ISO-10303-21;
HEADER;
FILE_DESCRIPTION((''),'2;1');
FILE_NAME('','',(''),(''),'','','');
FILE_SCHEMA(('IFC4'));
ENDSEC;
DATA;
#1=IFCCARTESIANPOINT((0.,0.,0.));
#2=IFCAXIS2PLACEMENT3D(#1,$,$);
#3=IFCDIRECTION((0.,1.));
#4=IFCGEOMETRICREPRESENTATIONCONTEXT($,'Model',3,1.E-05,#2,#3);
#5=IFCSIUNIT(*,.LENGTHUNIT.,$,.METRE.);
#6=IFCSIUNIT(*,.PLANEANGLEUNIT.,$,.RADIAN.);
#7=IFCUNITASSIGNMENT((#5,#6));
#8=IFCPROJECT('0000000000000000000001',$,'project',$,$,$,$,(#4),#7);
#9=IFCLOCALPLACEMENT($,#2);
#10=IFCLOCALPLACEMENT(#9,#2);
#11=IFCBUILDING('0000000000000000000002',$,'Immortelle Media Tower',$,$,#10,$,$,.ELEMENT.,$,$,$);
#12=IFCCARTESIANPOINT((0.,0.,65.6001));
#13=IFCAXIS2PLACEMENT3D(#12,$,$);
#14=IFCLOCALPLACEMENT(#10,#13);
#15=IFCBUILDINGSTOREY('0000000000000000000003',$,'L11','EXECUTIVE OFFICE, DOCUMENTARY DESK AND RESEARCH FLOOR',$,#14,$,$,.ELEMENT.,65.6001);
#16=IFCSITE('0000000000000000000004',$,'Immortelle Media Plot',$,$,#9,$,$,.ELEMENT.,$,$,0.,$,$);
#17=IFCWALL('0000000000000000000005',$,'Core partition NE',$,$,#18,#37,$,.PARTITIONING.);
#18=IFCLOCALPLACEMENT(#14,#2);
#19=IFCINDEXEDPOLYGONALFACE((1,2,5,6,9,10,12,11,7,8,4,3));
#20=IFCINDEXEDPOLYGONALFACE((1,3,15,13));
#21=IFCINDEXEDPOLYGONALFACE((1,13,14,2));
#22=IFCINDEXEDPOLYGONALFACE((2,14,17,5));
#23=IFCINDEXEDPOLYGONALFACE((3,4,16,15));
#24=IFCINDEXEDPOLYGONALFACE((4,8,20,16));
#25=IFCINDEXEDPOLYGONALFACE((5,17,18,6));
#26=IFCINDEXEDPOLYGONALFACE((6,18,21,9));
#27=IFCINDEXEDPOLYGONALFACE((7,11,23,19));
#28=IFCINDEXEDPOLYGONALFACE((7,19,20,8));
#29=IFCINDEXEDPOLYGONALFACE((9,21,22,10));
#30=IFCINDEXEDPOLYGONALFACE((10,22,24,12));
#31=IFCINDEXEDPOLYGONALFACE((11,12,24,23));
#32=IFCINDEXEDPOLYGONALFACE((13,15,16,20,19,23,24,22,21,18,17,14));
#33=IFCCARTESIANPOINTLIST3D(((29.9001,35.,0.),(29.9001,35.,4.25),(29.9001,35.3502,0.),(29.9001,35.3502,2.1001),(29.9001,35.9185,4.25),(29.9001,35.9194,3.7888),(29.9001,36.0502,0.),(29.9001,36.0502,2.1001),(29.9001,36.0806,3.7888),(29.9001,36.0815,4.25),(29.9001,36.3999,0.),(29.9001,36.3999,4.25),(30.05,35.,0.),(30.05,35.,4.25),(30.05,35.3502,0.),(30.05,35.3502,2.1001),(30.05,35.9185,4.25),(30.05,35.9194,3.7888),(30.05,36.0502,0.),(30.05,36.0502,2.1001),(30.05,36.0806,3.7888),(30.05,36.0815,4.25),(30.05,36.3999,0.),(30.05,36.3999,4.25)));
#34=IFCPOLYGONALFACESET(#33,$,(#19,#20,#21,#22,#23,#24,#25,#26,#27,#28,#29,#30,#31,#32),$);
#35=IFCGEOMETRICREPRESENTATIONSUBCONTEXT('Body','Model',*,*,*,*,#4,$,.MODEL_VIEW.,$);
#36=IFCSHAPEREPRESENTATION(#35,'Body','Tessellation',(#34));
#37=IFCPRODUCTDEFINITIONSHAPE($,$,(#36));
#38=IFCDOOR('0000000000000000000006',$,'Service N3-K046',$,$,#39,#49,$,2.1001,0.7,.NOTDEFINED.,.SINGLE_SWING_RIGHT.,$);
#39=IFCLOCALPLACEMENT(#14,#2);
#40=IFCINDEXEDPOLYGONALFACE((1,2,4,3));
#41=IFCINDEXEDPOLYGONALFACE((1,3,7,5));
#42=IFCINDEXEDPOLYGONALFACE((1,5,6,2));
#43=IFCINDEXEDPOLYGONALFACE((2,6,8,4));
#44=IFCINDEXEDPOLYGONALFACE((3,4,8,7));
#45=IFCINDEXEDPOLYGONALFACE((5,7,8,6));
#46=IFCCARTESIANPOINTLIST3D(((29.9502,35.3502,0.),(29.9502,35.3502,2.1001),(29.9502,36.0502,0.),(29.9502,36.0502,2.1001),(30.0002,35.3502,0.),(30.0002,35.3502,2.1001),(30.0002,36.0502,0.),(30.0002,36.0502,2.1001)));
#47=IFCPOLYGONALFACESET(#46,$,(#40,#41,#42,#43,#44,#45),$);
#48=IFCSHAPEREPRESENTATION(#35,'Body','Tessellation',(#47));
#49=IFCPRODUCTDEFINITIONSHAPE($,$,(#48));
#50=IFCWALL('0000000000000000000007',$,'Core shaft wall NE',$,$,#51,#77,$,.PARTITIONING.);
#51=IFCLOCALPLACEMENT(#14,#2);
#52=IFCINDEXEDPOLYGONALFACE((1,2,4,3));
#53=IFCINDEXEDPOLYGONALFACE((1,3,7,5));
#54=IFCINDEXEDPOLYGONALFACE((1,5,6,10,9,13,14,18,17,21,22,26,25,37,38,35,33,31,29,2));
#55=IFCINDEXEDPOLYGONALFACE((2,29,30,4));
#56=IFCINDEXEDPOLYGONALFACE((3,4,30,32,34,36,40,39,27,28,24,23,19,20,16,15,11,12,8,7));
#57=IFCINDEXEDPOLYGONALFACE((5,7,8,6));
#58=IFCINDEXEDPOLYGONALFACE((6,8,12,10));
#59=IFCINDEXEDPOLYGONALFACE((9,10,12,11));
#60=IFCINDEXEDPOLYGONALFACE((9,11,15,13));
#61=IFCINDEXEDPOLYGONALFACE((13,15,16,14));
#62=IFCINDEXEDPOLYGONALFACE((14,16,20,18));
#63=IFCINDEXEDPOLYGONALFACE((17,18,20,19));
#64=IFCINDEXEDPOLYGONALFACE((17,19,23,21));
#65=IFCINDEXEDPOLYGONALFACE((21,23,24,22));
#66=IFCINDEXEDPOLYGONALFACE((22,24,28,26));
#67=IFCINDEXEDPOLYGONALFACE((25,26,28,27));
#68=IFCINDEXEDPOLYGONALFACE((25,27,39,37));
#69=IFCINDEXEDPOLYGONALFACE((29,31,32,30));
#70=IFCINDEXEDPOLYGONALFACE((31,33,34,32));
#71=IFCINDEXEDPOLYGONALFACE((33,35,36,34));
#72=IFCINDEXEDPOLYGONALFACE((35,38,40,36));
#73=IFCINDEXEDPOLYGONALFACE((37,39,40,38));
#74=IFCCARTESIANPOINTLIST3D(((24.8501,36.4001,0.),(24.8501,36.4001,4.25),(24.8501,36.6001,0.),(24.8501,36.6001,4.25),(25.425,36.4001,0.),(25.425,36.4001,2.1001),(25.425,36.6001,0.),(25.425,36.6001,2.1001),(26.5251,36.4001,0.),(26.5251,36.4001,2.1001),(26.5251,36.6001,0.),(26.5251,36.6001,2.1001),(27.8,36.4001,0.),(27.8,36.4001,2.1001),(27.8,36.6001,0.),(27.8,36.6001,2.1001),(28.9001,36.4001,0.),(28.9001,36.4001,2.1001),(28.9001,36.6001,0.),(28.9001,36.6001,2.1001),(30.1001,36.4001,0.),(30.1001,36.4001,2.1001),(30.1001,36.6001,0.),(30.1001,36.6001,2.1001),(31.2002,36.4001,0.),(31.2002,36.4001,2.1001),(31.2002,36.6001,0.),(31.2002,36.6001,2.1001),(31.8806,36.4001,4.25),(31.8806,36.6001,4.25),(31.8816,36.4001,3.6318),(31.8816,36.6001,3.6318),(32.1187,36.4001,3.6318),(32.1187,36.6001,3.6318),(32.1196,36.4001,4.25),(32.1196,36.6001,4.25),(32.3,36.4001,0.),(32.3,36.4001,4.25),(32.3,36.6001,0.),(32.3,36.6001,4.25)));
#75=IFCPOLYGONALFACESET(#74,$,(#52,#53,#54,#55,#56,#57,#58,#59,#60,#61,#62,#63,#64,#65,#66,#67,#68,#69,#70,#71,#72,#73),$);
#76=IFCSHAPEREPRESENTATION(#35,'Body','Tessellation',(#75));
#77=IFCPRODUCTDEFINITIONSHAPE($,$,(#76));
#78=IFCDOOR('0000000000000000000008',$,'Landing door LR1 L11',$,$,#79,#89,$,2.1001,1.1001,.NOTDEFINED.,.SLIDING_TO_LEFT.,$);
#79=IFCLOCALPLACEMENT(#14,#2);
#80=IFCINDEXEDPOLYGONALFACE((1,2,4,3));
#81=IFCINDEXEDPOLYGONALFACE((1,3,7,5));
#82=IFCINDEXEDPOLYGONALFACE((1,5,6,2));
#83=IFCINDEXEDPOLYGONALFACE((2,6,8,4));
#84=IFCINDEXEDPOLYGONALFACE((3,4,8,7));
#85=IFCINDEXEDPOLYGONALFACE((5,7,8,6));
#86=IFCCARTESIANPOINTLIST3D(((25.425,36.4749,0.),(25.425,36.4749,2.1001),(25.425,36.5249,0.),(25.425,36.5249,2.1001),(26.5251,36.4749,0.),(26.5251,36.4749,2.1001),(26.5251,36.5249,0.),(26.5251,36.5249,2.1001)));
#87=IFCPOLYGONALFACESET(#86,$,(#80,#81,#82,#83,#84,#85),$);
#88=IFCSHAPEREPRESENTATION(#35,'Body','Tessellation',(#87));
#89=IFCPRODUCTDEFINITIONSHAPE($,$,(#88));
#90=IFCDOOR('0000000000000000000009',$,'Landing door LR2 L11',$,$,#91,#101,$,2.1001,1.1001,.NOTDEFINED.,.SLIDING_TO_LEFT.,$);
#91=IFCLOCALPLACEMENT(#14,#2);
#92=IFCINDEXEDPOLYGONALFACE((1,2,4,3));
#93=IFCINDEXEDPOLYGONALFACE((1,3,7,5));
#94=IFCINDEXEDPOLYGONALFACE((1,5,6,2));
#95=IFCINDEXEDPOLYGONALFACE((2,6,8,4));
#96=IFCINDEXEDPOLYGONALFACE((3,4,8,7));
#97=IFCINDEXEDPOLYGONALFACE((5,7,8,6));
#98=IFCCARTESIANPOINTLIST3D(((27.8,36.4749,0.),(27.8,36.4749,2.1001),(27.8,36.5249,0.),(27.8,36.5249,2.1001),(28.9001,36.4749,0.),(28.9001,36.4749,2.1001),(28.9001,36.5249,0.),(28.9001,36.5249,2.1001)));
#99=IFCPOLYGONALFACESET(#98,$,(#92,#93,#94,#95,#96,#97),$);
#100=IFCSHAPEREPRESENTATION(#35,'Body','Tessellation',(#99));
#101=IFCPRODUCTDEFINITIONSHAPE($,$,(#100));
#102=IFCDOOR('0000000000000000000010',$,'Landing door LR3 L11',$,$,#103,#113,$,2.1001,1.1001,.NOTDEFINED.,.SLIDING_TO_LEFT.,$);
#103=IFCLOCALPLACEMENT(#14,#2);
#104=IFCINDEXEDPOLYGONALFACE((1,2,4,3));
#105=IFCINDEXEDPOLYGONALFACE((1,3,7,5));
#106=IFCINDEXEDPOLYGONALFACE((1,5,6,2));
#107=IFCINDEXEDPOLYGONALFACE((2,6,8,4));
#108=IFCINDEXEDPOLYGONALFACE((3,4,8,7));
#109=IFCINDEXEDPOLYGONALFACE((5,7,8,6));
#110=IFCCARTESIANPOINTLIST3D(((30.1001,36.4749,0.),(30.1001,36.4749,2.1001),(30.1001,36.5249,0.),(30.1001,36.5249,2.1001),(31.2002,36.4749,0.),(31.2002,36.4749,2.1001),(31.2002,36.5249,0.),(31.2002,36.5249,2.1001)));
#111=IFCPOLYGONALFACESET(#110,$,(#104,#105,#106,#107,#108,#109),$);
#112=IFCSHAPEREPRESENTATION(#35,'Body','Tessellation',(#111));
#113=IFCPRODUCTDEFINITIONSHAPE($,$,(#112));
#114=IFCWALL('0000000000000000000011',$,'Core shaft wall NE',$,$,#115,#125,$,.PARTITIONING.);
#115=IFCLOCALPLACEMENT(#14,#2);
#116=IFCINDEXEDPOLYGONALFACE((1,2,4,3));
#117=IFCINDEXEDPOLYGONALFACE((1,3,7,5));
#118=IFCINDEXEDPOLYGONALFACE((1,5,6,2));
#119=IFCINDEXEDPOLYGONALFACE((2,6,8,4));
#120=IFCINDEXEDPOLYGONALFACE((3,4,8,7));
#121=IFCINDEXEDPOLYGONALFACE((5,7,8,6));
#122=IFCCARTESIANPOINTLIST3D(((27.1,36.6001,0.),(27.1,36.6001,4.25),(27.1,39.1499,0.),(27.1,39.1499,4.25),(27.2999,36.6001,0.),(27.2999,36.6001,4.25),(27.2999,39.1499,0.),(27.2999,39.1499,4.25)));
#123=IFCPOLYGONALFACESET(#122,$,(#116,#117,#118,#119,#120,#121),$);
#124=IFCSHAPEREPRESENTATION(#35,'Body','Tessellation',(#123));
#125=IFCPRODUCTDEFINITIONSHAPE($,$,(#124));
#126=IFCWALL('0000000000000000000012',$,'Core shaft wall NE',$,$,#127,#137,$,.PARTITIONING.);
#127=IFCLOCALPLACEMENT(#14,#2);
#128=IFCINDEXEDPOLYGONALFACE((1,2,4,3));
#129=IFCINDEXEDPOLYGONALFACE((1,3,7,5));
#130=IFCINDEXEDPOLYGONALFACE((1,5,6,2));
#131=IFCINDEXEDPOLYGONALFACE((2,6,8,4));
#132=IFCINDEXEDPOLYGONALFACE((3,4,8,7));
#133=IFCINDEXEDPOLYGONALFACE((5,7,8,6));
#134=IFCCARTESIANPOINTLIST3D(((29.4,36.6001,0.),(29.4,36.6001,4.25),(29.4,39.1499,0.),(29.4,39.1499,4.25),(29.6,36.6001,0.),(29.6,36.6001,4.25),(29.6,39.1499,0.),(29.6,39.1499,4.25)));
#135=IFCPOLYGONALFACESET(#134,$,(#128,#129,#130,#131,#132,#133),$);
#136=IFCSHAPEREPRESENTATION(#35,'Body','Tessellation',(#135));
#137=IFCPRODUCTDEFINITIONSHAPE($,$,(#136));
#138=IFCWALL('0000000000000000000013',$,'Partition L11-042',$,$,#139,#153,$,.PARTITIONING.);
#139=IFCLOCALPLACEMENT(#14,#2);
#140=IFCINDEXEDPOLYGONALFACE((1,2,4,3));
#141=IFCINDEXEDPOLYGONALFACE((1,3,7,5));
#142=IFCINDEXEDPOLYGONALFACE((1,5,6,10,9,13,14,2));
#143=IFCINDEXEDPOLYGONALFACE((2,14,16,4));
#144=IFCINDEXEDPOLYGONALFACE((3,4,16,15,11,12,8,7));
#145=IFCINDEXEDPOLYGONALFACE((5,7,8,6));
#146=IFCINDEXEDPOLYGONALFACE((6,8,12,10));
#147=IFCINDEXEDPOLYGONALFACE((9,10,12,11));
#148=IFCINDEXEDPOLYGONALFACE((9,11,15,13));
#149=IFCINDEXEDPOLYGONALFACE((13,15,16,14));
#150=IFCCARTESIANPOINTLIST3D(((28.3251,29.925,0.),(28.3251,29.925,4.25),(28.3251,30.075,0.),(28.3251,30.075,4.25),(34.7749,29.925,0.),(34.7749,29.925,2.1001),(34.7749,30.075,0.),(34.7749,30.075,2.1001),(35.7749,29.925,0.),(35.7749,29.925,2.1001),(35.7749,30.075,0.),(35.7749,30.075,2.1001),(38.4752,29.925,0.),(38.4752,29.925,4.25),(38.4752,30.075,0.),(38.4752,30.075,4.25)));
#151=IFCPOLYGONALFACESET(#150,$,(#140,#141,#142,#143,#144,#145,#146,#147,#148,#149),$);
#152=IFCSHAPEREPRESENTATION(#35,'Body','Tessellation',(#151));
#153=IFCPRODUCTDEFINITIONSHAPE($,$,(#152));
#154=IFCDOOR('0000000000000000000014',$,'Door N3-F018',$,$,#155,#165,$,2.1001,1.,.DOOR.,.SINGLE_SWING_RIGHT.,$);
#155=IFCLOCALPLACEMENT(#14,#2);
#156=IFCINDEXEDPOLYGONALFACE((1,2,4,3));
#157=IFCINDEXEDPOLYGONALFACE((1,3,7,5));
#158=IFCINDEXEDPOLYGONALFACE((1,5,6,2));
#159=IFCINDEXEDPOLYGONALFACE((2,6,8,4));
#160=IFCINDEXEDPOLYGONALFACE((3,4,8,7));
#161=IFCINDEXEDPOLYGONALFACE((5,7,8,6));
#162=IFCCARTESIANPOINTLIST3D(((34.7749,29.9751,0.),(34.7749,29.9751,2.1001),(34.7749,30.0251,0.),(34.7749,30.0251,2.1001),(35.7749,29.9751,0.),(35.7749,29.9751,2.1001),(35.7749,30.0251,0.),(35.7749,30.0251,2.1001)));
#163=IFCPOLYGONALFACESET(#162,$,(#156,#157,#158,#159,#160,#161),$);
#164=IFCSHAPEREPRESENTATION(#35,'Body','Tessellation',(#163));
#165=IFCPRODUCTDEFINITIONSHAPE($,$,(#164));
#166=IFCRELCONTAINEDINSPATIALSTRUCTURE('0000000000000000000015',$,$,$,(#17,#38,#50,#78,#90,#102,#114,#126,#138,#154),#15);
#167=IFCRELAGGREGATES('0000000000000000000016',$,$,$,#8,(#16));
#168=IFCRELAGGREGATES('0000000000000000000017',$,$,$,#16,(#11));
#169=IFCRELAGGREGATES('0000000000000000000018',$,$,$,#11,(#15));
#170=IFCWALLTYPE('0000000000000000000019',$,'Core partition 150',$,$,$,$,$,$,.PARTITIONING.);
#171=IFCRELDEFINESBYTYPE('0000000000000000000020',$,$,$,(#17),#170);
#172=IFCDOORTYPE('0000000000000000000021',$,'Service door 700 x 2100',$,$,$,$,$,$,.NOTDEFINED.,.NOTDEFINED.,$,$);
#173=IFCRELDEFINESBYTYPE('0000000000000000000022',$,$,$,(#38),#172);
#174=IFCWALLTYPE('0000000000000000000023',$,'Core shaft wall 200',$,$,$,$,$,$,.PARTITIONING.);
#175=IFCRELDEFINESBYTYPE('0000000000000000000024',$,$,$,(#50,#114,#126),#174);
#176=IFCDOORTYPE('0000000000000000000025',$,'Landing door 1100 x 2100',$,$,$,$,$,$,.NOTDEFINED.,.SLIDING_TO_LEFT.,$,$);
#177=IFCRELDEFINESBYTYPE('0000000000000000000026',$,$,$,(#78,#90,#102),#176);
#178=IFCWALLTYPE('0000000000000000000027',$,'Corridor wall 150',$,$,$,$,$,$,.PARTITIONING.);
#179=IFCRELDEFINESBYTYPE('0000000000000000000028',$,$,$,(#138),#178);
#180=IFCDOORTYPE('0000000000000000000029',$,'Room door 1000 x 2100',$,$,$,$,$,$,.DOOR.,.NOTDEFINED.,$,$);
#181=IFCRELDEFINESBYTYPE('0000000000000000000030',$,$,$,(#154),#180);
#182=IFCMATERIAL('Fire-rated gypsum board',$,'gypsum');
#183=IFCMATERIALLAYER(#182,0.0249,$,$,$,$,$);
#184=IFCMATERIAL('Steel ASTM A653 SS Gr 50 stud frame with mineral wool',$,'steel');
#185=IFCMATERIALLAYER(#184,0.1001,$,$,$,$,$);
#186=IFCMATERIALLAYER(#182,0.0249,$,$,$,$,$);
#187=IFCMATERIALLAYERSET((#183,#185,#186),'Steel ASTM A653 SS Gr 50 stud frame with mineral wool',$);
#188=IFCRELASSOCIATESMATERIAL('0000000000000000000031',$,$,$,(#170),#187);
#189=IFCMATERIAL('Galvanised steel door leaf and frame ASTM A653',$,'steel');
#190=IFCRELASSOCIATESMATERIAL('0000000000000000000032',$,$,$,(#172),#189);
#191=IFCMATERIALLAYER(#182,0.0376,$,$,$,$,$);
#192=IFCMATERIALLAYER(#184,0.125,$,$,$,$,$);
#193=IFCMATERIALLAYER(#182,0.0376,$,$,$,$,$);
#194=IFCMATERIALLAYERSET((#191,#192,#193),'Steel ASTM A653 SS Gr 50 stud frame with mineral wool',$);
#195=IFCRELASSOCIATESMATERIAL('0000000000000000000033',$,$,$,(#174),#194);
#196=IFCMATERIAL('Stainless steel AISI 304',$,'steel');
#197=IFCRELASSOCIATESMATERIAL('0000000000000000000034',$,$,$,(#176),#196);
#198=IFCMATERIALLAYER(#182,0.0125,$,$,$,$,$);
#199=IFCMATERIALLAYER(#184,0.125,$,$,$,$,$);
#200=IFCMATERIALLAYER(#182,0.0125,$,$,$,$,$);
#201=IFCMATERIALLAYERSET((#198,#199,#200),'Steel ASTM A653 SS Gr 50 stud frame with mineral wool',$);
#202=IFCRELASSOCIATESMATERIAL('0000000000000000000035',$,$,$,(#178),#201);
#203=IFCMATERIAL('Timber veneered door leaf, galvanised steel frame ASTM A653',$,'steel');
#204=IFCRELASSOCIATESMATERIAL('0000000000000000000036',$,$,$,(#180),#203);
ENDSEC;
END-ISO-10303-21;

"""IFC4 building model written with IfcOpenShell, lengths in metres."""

from ifc_helpers import new_model, si_unit, direction, frame, frame_2d, origin, place, context, subcontext, project, spatial, polyline, rectangle, outline, extrude, material, layer, layer_set, type_object, element, fill, save


model = new_model("IFC4")

# Units and contexts
model_context = context("Model", 3, precision=1e-05, world=origin(), true_north=direction((0.0, 1.0)))
body_context = subcontext(model_context, "Body", "Model", "MODEL_VIEW")
ifc_project = project(units=[si_unit("LENGTHUNIT", "METRE"), si_unit("PLANEANGLEUNIT", "RADIAN")], contexts=[model_context])

# Site, building, storey
site_placement = place(None, origin())
site = spatial("IfcSite", under=ifc_project, at=site_placement, Name="Immortelle Media Plot", CompositionType="ELEMENT", RefElevation=0.0)
building_placement = place(site_placement, origin())
building = spatial("IfcBuilding", under=site, at=building_placement, Name="Immortelle Media Tower", CompositionType="ELEMENT")
storey_placement = place(building_placement, frame((0.0, 0.0, 65.6001)))
storey = spatial("IfcBuildingStorey", under=building, at=storey_placement, Name="L11", Description="EXECUTIVE OFFICE, DOCUMENTARY DESK AND RESEARCH FLOOR", CompositionType="ELEMENT", Elevation=65.6001)

# Shared definitions
ifc_material_1 = material(Name="Fire-rated gypsum board", Category="gypsum")
ifc_layer_1 = layer(ifc_material_1, 0.0249)
ifc_material_2 = material(Name="Steel ASTM A653 SS Gr 50 stud frame with mineral wool", Category="steel")
ifc_layer_2 = layer(ifc_material_2, 0.1001)
ifc_layer_3 = layer(ifc_material_1, 0.0249)
ifc_layer_set_1 = layer_set([ifc_layer_1, ifc_layer_2, ifc_layer_3], Name="Steel ASTM A653 SS Gr 50 stud frame with mineral wool")
wall_type_1 = type_object("IfcWallType", Name="Core partition 150", PredefinedType="PARTITIONING", material=ifc_layer_set_1)
ifc_material_3 = material(Name="Galvanised steel door leaf and frame ASTM A653", Category="steel")

# Wall, opening, door
wall_1_placement = place(storey_placement, frame((29.9751, 35.0, 0.0), z_axis=(0.0, 0.0, 1.0), x_axis=(0.0, 1.0, 0.0)))
wall_1 = element("IfcWall", 1, at=wall_1_placement, inside=storey, type_object=wall_type_1, Name="Core partition NE", PredefinedType="PARTITIONING", context=body_context, shape_type="SweptSolid", body=[
    extrude(outline(polyline([(0.0, 0.0), (1.3999, 0.0), (1.3999, 4.25), (1.0815, 4.25), (1.0806, 3.7888), (0.9194, 3.7888), (0.9185, 4.25), (0.0, 4.25), (0.0, 0.0)])), frame((0.0, 0.075, 0.0), z_axis=(0.0, -1.0, 0.0), x_axis=(1.0, 0.0, 0.0)), (0.0, 0.0, 1.0), 0.1499),
])
opening_1_placement = place(wall_1_placement, frame((0.3501, 0.0, 0.0)))
opening_1 = element("IfcOpeningElement", 2, at=opening_1_placement, cuts=wall_1, PredefinedType="OPENING", context=body_context, shape_type="SweptSolid", body=[
    extrude(rectangle(XDim=0.7, YDim=2.1001, at=frame_2d((0.3501, 1.05))), frame((0.0, 0.085, 0.0), z_axis=(0.0, -1.0, 0.0), x_axis=(1.0, 0.0, 0.0)), (0.0, 0.0, 1.0), 0.1699),
])
door_type_1 = type_object("IfcDoorType", Name="Service door 700 x 2100", OperationType="NOTDEFINED", PredefinedType="NOTDEFINED", material=ifc_material_3)
door_1_placement = place(opening_1_placement, origin())
door_1 = element("IfcDoor", 3, at=door_1_placement, inside=storey, type_object=door_type_1, Name="Service N3-K046", OperationType="SINGLE_SWING_RIGHT", OverallHeight=2.1001, OverallWidth=0.7, PredefinedType="NOTDEFINED", context=body_context, shape_type="SweptSolid", body=[
    extrude(rectangle(XDim=0.7, YDim=2.1001, at=frame_2d((0.3501, 1.05))), frame((0.0, 0.0249, 0.0), z_axis=(0.0, -1.0, 0.0), x_axis=(1.0, 0.0, 0.0)), (0.0, 0.0, 1.0), 0.05),
])
fill(opening_1, door_1)

# Wall, openings, doors
ifc_layer_4 = layer(ifc_material_1, 0.0376)
ifc_layer_5 = layer(ifc_material_2, 0.125)
ifc_layer_6 = layer(ifc_material_1, 0.0376)
ifc_layer_set_2 = layer_set([ifc_layer_4, ifc_layer_5, ifc_layer_6], Name="Steel ASTM A653 SS Gr 50 stud frame with mineral wool")
wall_type_2 = type_object("IfcWallType", Name="Core shaft wall 200", PredefinedType="PARTITIONING", material=ifc_layer_set_2)
wall_2_placement = place(storey_placement, frame((24.8501, 36.5, 0.0), z_axis=(0.0, 0.0, 1.0), x_axis=(1.0, 0.0, 0.0)))
wall_2 = element("IfcWall", 4, at=wall_2_placement, inside=storey, type_object=wall_type_2, Name="Core shaft wall NE", PredefinedType="PARTITIONING", context=body_context, shape_type="SweptSolid", body=[
    extrude(outline(polyline([(0.0, 0.0), (7.45, 0.0), (7.45, 4.25), (7.2695, 4.25), (7.2686, 3.6318), (7.0315, 3.6318), (7.0305, 4.25), (0.0, 4.25), (0.0, 0.0)])), frame((0.0, 0.1001, 0.0), z_axis=(0.0, -1.0, 0.0), x_axis=(1.0, 0.0, 0.0)), (0.0, 0.0, 1.0), 0.2),
])
opening_2_placement = place(wall_2_placement, frame((0.575, 0.0, 0.0)))
opening_2 = element("IfcOpeningElement", 5, at=opening_2_placement, cuts=wall_2, PredefinedType="OPENING", context=body_context, shape_type="SweptSolid", body=[
    extrude(rectangle(XDim=1.1001, YDim=2.1001, at=frame_2d((0.55, 1.05))), frame((0.0, 0.1099, 0.0), z_axis=(0.0, -1.0, 0.0), x_axis=(1.0, 0.0, 0.0)), (0.0, 0.0, 1.0), 0.22),
])
opening_3_placement = place(wall_2_placement, frame((2.95, 0.0, 0.0)))
opening_3 = element("IfcOpeningElement", 6, at=opening_3_placement, cuts=wall_2, PredefinedType="OPENING", context=body_context, shape_type="SweptSolid", body=[
    extrude(rectangle(XDim=1.1001, YDim=2.1001, at=frame_2d((0.55, 1.05))), frame((0.0, 0.1099, 0.0), z_axis=(0.0, -1.0, 0.0), x_axis=(1.0, 0.0, 0.0)), (0.0, 0.0, 1.0), 0.22),
])
opening_4_placement = place(wall_2_placement, frame((5.25, 0.0, 0.0)))
opening_4 = element("IfcOpeningElement", 7, at=opening_4_placement, cuts=wall_2, PredefinedType="OPENING", context=body_context, shape_type="SweptSolid", body=[
    extrude(rectangle(XDim=1.1001, YDim=2.1001, at=frame_2d((0.55, 1.05))), frame((0.0, 0.1099, 0.0), z_axis=(0.0, -1.0, 0.0), x_axis=(1.0, 0.0, 0.0)), (0.0, 0.0, 1.0), 0.22),
])
ifc_material_4 = material(Name="Stainless steel AISI 304", Category="steel")
door_type_2 = type_object("IfcDoorType", Name="Landing door 1100 x 2100", OperationType="SLIDING_TO_LEFT", PredefinedType="NOTDEFINED", material=ifc_material_4)
door_2_placement = place(opening_2_placement, origin())
door_2 = element("IfcDoor", 8, at=door_2_placement, inside=storey, type_object=door_type_2, Name="Landing door LR1 L11", OperationType="SLIDING_TO_LEFT", OverallHeight=2.1001, OverallWidth=1.1001, PredefinedType="NOTDEFINED", context=body_context, shape_type="SweptSolid", body=[
    extrude(rectangle(XDim=1.1001, YDim=2.1001, at=frame_2d((0.55, 1.05))), frame((0.0, 0.0249, 0.0), z_axis=(0.0, -1.0, 0.0), x_axis=(1.0, 0.0, 0.0)), (0.0, 0.0, 1.0), 0.05),
])
fill(opening_2, door_2)
door_3_placement = place(opening_3_placement, origin())
door_3 = element("IfcDoor", 9, at=door_3_placement, inside=storey, type_object=door_type_2, Name="Landing door LR2 L11", OperationType="SLIDING_TO_LEFT", OverallHeight=2.1001, OverallWidth=1.1001, PredefinedType="NOTDEFINED", context=body_context, shape_type="SweptSolid", body=[
    extrude(rectangle(XDim=1.1001, YDim=2.1001, at=frame_2d((0.55, 1.05))), frame((0.0, 0.0249, 0.0), z_axis=(0.0, -1.0, 0.0), x_axis=(1.0, 0.0, 0.0)), (0.0, 0.0, 1.0), 0.05),
])
fill(opening_3, door_3)
door_4_placement = place(opening_4_placement, origin())
door_4 = element("IfcDoor", 10, at=door_4_placement, inside=storey, type_object=door_type_2, Name="Landing door LR3 L11", OperationType="SLIDING_TO_LEFT", OverallHeight=2.1001, OverallWidth=1.1001, PredefinedType="NOTDEFINED", context=body_context, shape_type="SweptSolid", body=[
    extrude(rectangle(XDim=1.1001, YDim=2.1001, at=frame_2d((0.55, 1.05))), frame((0.0, 0.0249, 0.0), z_axis=(0.0, -1.0, 0.0), x_axis=(1.0, 0.0, 0.0)), (0.0, 0.0, 1.0), 0.05),
])
fill(opening_4, door_4)

# Walls
for number, where, z_axis, x_axis, name in (
    (11, (27.2, 36.6001, 0.0), (0.0, 0.0, 1.0), (0.0, 1.0, 0.0), "Core shaft wall NE"),
    (12, (29.5, 36.6001, 0.0), (0.0, 0.0, 1.0), (0.0, 1.0, 0.0), "Core shaft wall NE"),
):
    element("IfcWall", number, at=place(storey_placement, frame(where, z_axis=z_axis, x_axis=x_axis)), inside=storey, type_object=wall_type_2, Name=name, PredefinedType="PARTITIONING", context=body_context, shape_type="SweptSolid", body=[
        extrude(rectangle(XDim=2.5498, YDim=0.2, at=frame_2d((1.2749, 0.0))), origin(), (0.0, 0.0, 1.0), 4.25),
    ])

# Wall, opening, door
ifc_layer_7 = layer(ifc_material_1, 0.0125)
ifc_layer_8 = layer(ifc_material_2, 0.125)
ifc_layer_9 = layer(ifc_material_1, 0.0125)
ifc_layer_set_3 = layer_set([ifc_layer_7, ifc_layer_8, ifc_layer_9], Name="Steel ASTM A653 SS Gr 50 stud frame with mineral wool")
wall_type_3 = type_object("IfcWallType", Name="Corridor wall 150", PredefinedType="PARTITIONING", material=ifc_layer_set_3)
wall_3_placement = place(storey_placement, frame((28.325, 30.0, 0.0), z_axis=(0.0, 0.0, 1.0), x_axis=(1.0, 0.0, 0.0)))
wall_3 = element("IfcWall", 13, at=wall_3_placement, inside=storey, type_object=wall_type_3, Name="Partition L11-042", PredefinedType="PARTITIONING", context=body_context, shape_type="SweptSolid", body=[
    extrude(rectangle(XDim=10.1501, YDim=0.1499, at=frame_2d((5.0752, 0.0))), origin(), (0.0, 0.0, 1.0), 4.25),
])
opening_5_placement = place(wall_3_placement, frame((7.45, 0.0, 0.0), z_axis=(0.0, 0.0, 1.0), x_axis=(-1.0, 0.0, 0.0)))
opening_5 = element("IfcOpeningElement", 14, at=opening_5_placement, cuts=wall_3, PredefinedType="OPENING", context=body_context, shape_type="SweptSolid", body=[
    extrude(rectangle(XDim=1.0, YDim=2.1001, at=frame_2d((0.5, 1.05))), frame((0.0, 0.085, 0.0), z_axis=(0.0, -1.0, 0.0), x_axis=(1.0, 0.0, 0.0)), (0.0, 0.0, 1.0), 0.1699),
])
ifc_material_5 = material(Name="Timber veneered door leaf, galvanised steel frame ASTM A653", Category="steel")
door_type_3 = type_object("IfcDoorType", Name="Room door 1000 x 2100", OperationType="NOTDEFINED", PredefinedType="DOOR", material=ifc_material_5)
door_5_placement = place(opening_5_placement, origin())
door_5 = element("IfcDoor", 15, at=door_5_placement, inside=storey, type_object=door_type_3, Name="Door N3-F018", OperationType="SINGLE_SWING_RIGHT", OverallHeight=2.1001, OverallWidth=1.0, PredefinedType="DOOR", context=body_context, shape_type="SweptSolid", body=[
    extrude(rectangle(XDim=1.0, YDim=2.1001, at=frame_2d((0.5, 1.05))), frame((0.0, 0.0249, 0.0), z_axis=(0.0, -1.0, 0.0), x_axis=(1.0, 0.0, 0.0)), (0.0, 0.0, 1.0), 0.05),
])
fill(opening_5, door_5)

save(model, "model.ifc")
